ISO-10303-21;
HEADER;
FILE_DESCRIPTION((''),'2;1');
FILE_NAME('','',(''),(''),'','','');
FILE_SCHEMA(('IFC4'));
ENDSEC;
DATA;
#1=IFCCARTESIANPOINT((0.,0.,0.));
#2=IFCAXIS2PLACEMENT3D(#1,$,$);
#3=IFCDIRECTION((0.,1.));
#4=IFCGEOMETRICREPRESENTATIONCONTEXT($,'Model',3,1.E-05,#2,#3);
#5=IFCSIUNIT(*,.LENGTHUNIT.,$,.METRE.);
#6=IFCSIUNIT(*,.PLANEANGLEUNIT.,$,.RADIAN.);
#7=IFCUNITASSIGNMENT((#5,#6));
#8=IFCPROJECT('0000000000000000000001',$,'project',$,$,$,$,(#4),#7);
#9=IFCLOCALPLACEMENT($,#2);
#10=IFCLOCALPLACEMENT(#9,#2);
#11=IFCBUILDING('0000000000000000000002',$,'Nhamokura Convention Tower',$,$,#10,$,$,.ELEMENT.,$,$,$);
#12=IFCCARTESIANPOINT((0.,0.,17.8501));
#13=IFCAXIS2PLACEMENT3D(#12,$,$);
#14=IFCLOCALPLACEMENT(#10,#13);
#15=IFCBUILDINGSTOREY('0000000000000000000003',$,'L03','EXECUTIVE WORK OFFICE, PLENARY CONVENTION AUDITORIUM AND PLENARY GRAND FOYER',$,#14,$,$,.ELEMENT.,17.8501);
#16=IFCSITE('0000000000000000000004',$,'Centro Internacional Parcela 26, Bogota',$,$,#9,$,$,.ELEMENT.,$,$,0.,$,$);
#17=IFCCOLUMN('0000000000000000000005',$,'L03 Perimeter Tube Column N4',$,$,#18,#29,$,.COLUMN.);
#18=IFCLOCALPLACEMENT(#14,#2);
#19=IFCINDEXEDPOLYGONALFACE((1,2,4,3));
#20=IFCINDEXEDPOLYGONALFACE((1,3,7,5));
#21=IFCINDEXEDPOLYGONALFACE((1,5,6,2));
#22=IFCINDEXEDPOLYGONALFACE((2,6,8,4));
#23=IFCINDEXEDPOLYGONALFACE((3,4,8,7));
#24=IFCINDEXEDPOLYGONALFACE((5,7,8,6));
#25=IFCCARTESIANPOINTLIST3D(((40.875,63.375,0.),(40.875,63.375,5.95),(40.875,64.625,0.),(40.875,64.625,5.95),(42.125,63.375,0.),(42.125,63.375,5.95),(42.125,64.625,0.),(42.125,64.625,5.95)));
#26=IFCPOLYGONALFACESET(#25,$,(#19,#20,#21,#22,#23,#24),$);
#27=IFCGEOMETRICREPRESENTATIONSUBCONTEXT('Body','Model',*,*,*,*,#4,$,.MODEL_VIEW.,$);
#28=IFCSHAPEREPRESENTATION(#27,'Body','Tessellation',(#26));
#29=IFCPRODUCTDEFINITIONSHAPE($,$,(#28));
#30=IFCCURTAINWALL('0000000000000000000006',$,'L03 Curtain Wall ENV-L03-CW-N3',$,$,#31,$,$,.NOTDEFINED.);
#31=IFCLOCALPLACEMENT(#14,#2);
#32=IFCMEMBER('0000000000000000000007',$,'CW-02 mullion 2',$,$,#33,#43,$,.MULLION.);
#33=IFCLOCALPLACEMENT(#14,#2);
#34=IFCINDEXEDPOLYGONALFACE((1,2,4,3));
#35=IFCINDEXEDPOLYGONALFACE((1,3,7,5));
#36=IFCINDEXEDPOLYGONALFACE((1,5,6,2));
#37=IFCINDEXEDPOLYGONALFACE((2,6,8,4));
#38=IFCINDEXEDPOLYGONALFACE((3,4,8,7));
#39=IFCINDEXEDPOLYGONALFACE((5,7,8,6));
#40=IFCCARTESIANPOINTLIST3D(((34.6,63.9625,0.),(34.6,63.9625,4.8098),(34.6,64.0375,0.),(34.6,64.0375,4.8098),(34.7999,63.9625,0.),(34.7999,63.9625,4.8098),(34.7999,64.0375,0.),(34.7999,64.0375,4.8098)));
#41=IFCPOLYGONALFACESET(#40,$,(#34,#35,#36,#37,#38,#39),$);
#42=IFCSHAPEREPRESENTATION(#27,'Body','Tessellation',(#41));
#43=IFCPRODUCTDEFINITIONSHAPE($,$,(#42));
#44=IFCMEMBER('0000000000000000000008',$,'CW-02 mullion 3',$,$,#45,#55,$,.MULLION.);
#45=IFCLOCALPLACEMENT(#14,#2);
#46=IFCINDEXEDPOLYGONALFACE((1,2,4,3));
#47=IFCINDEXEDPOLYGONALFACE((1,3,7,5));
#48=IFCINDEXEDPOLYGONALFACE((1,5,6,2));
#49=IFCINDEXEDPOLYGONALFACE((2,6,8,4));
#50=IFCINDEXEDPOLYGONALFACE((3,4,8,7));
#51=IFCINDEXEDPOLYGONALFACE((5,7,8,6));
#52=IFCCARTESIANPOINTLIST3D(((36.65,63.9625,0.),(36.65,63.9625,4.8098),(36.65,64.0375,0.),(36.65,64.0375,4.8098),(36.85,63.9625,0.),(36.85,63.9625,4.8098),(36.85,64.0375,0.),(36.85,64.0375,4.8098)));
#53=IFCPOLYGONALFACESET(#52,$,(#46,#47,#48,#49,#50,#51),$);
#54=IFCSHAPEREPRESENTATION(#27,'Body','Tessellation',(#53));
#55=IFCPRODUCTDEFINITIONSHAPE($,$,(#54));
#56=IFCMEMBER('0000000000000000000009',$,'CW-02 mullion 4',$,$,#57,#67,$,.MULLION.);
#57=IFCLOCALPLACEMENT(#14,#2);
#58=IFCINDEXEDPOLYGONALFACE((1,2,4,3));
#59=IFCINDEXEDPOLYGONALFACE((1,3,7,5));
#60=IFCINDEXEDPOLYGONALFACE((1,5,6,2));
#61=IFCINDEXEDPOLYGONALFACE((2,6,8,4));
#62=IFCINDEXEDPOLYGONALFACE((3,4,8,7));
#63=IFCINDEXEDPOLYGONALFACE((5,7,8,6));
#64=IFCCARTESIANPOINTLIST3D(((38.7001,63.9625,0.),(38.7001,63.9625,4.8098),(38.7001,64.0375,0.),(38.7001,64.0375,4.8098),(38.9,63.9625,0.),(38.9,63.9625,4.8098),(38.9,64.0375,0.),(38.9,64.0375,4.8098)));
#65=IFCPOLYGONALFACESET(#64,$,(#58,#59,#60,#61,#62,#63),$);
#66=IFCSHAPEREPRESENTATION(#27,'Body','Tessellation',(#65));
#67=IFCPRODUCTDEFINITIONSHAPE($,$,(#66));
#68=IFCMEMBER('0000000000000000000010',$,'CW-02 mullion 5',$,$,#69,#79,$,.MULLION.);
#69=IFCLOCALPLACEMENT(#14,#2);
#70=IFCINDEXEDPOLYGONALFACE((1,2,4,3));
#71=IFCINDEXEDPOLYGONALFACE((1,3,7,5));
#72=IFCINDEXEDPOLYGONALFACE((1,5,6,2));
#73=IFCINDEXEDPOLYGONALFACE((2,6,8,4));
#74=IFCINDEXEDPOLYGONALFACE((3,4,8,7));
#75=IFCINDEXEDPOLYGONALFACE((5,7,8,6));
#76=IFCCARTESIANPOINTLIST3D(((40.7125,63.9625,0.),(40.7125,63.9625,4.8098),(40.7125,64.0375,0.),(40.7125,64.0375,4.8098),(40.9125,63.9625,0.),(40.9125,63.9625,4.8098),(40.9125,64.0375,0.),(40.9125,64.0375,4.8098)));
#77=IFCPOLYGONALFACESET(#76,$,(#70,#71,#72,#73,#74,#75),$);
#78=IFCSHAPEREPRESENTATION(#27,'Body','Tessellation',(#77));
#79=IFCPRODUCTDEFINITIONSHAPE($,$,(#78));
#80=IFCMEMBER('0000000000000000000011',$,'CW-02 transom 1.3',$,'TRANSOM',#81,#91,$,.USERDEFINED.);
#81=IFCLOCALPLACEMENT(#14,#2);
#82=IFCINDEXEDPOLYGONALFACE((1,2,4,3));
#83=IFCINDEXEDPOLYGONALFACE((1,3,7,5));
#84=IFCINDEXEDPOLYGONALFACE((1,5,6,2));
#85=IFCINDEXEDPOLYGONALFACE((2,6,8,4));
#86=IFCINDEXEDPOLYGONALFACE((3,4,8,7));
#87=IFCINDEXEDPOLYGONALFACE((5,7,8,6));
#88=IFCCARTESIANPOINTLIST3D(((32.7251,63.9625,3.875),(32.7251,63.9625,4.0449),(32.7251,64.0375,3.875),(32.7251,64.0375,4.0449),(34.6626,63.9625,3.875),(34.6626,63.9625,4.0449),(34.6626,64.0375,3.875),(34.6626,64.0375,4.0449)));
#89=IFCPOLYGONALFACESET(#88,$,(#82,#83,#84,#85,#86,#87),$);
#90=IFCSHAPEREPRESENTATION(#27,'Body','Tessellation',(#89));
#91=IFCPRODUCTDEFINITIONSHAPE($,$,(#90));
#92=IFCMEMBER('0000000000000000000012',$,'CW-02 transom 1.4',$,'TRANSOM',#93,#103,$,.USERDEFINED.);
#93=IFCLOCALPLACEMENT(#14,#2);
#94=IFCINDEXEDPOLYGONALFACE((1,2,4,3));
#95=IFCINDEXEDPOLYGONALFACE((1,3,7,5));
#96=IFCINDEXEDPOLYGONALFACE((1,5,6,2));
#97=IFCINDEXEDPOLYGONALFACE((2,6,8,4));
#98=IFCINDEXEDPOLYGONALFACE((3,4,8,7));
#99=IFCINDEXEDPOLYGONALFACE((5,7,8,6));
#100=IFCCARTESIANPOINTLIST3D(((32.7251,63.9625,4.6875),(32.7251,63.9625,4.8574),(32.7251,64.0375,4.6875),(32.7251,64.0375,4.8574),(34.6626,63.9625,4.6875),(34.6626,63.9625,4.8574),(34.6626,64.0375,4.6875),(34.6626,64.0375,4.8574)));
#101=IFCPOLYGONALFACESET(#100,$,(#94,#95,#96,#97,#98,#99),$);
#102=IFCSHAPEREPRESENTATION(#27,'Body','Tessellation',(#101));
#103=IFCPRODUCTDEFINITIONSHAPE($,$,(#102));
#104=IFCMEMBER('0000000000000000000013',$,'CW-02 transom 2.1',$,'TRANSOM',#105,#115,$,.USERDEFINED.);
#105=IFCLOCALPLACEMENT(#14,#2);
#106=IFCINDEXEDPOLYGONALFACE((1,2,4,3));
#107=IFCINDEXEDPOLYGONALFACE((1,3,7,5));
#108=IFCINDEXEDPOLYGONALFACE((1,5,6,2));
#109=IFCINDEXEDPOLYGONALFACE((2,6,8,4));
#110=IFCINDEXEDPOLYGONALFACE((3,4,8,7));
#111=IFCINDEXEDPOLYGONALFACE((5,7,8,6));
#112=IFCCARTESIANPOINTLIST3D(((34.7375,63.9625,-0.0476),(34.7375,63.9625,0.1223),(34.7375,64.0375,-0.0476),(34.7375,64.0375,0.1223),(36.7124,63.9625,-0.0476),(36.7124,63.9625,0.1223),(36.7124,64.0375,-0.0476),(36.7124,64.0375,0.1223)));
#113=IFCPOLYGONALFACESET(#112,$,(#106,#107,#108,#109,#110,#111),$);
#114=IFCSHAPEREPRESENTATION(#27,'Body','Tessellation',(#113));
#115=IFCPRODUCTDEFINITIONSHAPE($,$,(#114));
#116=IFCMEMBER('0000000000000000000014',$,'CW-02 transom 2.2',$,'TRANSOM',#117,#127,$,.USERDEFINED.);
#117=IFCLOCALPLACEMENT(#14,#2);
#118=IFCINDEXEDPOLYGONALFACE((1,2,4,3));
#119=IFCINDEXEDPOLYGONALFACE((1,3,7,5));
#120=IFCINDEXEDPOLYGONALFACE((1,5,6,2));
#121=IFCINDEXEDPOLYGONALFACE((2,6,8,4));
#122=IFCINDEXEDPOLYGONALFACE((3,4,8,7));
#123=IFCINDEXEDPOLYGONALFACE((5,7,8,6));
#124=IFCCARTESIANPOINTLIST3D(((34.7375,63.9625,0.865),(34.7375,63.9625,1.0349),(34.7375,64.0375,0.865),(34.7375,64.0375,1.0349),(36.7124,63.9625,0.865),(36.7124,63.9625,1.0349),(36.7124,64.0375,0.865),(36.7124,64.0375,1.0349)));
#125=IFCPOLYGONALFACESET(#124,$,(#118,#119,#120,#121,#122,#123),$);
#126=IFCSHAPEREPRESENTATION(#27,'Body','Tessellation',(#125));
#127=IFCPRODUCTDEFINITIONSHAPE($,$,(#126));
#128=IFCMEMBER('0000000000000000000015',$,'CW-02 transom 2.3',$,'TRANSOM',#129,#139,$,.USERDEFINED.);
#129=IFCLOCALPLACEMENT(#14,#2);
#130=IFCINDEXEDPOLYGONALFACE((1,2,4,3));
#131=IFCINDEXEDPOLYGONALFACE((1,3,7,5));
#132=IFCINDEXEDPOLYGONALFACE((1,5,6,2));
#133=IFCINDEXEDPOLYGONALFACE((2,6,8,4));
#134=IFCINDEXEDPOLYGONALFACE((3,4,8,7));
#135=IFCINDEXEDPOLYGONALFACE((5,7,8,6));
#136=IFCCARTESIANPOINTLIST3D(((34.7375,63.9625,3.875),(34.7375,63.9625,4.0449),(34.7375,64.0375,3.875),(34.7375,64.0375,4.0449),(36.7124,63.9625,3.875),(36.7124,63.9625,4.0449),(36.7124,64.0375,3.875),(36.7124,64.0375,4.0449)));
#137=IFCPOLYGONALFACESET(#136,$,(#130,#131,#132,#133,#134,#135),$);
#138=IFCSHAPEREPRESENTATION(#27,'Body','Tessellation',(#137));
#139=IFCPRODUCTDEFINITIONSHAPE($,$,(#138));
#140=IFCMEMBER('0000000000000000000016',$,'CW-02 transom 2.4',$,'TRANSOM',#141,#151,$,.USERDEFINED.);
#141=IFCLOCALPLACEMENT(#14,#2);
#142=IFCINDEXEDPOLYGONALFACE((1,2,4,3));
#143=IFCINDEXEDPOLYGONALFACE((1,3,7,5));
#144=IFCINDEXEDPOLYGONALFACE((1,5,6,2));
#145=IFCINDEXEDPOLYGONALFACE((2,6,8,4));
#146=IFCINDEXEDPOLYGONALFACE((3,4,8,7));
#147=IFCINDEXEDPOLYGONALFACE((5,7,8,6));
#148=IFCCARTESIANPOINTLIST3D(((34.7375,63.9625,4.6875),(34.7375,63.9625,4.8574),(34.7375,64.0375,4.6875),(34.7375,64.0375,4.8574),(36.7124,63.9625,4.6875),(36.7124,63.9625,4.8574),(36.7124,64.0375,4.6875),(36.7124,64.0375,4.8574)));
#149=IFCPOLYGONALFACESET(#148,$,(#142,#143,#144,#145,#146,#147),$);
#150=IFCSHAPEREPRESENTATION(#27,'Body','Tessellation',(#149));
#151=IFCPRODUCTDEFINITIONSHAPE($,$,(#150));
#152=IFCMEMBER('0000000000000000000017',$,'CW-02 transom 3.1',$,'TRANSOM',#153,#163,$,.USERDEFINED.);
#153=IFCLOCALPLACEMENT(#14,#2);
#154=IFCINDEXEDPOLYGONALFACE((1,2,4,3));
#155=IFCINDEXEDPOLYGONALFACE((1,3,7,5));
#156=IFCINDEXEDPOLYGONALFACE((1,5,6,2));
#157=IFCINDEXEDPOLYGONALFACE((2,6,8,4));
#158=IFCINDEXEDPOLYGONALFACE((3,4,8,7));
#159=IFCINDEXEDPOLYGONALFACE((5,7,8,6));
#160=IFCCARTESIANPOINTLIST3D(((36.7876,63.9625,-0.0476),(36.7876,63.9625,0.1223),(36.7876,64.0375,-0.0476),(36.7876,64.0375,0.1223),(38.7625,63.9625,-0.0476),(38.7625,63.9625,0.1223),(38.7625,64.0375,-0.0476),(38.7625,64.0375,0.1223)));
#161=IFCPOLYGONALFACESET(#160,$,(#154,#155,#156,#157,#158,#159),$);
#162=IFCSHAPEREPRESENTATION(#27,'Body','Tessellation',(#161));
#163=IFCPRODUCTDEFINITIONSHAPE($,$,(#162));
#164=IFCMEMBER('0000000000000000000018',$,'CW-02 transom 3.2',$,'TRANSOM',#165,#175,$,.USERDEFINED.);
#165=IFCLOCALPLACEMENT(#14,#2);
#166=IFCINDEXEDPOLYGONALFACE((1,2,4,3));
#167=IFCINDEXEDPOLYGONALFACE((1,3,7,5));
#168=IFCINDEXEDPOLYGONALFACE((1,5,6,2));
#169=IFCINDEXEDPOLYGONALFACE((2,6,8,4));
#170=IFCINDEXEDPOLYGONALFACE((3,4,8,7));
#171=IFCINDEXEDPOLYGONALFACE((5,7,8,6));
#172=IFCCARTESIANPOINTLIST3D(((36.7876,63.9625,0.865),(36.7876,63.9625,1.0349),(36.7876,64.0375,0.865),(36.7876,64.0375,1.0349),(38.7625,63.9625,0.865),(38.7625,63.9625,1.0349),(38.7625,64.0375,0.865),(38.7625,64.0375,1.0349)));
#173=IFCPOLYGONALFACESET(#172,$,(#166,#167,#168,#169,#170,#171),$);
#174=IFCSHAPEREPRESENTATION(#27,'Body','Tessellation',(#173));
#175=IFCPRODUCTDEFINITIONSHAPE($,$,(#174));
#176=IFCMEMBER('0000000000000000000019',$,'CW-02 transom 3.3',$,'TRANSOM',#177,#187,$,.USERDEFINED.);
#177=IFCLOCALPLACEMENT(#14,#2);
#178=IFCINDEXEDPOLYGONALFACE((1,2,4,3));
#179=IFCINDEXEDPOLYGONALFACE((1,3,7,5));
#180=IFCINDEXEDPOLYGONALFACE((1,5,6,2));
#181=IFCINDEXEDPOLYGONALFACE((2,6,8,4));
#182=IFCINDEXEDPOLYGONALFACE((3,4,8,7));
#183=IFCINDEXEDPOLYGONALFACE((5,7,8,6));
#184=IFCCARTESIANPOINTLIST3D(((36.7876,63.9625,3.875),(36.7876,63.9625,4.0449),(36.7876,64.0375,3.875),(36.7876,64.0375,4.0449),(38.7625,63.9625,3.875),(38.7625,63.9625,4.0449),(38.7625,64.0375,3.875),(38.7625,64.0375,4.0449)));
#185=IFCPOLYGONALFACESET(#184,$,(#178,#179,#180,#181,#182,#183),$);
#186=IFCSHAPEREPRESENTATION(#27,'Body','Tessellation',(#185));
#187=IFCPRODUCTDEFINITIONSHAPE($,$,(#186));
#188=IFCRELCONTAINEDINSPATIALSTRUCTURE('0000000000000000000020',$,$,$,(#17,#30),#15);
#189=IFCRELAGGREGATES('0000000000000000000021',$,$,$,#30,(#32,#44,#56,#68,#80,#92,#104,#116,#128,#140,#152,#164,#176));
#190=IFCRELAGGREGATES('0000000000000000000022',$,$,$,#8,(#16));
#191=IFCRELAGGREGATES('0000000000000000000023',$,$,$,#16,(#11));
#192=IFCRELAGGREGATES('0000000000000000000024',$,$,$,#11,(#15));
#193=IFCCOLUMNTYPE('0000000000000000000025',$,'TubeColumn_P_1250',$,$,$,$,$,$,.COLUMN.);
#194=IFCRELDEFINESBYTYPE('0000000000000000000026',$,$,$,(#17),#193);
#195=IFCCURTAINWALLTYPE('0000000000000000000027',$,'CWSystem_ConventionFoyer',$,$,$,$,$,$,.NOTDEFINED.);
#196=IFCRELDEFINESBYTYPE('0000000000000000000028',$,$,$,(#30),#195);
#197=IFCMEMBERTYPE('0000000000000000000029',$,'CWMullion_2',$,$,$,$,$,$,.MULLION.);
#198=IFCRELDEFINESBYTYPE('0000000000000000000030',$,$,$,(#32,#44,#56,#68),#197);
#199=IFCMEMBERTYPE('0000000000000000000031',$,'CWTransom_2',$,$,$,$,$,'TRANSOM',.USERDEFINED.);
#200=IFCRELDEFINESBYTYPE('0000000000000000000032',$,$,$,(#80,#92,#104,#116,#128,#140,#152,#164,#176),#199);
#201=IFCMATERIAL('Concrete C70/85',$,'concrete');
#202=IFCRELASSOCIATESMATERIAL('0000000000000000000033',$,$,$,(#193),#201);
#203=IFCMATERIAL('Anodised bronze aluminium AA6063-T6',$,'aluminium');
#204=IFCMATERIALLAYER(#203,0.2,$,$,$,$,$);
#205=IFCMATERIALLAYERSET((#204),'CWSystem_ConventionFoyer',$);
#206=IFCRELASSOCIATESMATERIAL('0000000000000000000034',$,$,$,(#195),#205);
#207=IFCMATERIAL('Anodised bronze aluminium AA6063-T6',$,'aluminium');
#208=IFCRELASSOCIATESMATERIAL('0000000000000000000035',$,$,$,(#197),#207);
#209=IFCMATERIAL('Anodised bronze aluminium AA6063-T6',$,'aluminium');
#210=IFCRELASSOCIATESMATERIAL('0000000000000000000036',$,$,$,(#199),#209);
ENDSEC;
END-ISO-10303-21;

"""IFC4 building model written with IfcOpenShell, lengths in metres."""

from ifc_helpers import new_model, si_unit, direction, frame, origin, origin_2d, place, context, subcontext, project, spatial, rectangle, extrude, material, layer, layer_set, material_profile, profile_set, type_object, element, aggregate, save


model = new_model("IFC4")

# Units and contexts
model_context = context("Model", 3, precision=1e-05, world=origin(), true_north=direction((0.0, 1.0)))
body_context = subcontext(model_context, "Body", "Model", "MODEL_VIEW")
ifc_project = project(units=[si_unit("LENGTHUNIT", "METRE"), si_unit("PLANEANGLEUNIT", "RADIAN")], contexts=[model_context])

# Site, building, storey
site_placement = place(None, origin())
site = spatial("IfcSite", under=ifc_project, at=site_placement, Name="Centro Internacional Parcela 26, Bogota", CompositionType="ELEMENT", RefElevation=0.0)
building_placement = place(site_placement, origin())
building = spatial("IfcBuilding", under=site, at=building_placement, Name="Nhamokura Convention Tower", CompositionType="ELEMENT")
storey_placement = place(building_placement, frame((0.0, 0.0, 17.8501)))
storey = spatial("IfcBuildingStorey", under=building, at=storey_placement, Name="L03", Description="EXECUTIVE WORK OFFICE, PLENARY CONVENTION AUDITORIUM AND PLENARY GRAND FOYER", CompositionType="ELEMENT", Elevation=17.8501)

# Column
ifc_material_1 = material(Name="Concrete C70/85", Category="concrete")
ifc_material_profile_1 = material_profile(ifc_material_1, rectangle(XDim=1.25, YDim=1.25, at=origin_2d()))
ifc_profile_set_1 = profile_set([ifc_material_profile_1], Name="Concrete C70/85")
column_type = type_object("IfcColumnType", Name="TubeColumn_P_1250", PredefinedType="COLUMN", material=ifc_profile_set_1)
column_placement = place(storey_placement, frame((41.5, 64.0, 0.0), z_axis=(0.0, 0.0, 1.0), x_axis=(1.0, 0.0, 0.0)))
element("IfcColumn", 1, at=column_placement, inside=storey, type_object=column_type, Name="L03 Perimeter Tube Column N4", PredefinedType="COLUMN", context=body_context, shape_type="SweptSolid", body=[
    extrude(rectangle(XDim=1.25, YDim=1.25, at=origin_2d()), origin(), (0.0, 0.0, 1.0), 5.95),
])

# Curtain wall, members
ifc_material_2 = material(Name="Anodised bronze aluminium AA6063-T6", Category="aluminium")
ifc_layer_1 = layer(ifc_material_2, 0.2)
ifc_layer_set_1 = layer_set([ifc_layer_1], Name="CWSystem_ConventionFoyer")
curtain_wall_type = type_object("IfcCurtainWallType", Name="CWSystem_ConventionFoyer", PredefinedType="NOTDEFINED", material=ifc_layer_set_1)
curtain_wall_placement = place(storey_placement, origin())
curtain_wall = element("IfcCurtainWall", 2, at=curtain_wall_placement, inside=storey, type_object=curtain_wall_type, Name="L03 Curtain Wall ENV-L03-CW-N3", PredefinedType="NOTDEFINED")
ifc_material_3 = material(Name="Anodised bronze aluminium AA6063-T6", Category="aluminium")
ifc_material_profile_2 = material_profile(ifc_material_3, rectangle(XDim=0.075, YDim=0.2, at=origin_2d()))
ifc_profile_set_2 = profile_set([ifc_material_profile_2], Name="Anodised bronze aluminium AA6063-T6")
member_type_1 = type_object("IfcMemberType", Name="CWMullion_2", PredefinedType="MULLION", material=ifc_profile_set_2)
member_1_placement = place(storey_placement, frame((34.7, 64.0, 0.0), z_axis=(0.0, 0.0, 1.0), x_axis=(0.0, 1.0, 0.0)))
member_1 = element("IfcMember", 3, at=member_1_placement, type_object=member_type_1, Name="CW-02 mullion 2", PredefinedType="MULLION", context=body_context, shape_type="SweptSolid", body=[
    extrude(rectangle(XDim=0.075, YDim=0.2, at=origin_2d()), origin(), (0.0, 0.0, 1.0), 4.8098),
])
member_2_placement = place(storey_placement, frame((36.75, 64.0, 0.0), z_axis=(0.0, 0.0, 1.0), x_axis=(0.0, 1.0, 0.0)))
member_2 = element("IfcMember", 4, at=member_2_placement, type_object=member_type_1, Name="CW-02 mullion 3", PredefinedType="MULLION", context=body_context, shape_type="SweptSolid", body=[
    extrude(rectangle(XDim=0.075, YDim=0.2, at=origin_2d()), origin(), (0.0, 0.0, 1.0), 4.8098),
])
member_3_placement = place(storey_placement, frame((38.8, 64.0, 0.0), z_axis=(0.0, 0.0, 1.0), x_axis=(0.0, 1.0, 0.0)))
member_3 = element("IfcMember", 5, at=member_3_placement, type_object=member_type_1, Name="CW-02 mullion 4", PredefinedType="MULLION", context=body_context, shape_type="SweptSolid", body=[
    extrude(rectangle(XDim=0.075, YDim=0.2, at=origin_2d()), origin(), (0.0, 0.0, 1.0), 4.8098),
])
member_4_placement = place(storey_placement, frame((40.8125, 64.0, 0.0), z_axis=(0.0, 0.0, 1.0), x_axis=(0.0, 1.0, 0.0)))
member_4 = element("IfcMember", 6, at=member_4_placement, type_object=member_type_1, Name="CW-02 mullion 5", PredefinedType="MULLION", context=body_context, shape_type="SweptSolid", body=[
    extrude(rectangle(XDim=0.075, YDim=0.2, at=origin_2d()), origin(), (0.0, 0.0, 1.0), 4.8098),
])
ifc_material_4 = material(Name="Anodised bronze aluminium AA6063-T6", Category="aluminium")
ifc_material_profile_3 = material_profile(ifc_material_4, rectangle(XDim=0.075, YDim=0.1699, at=origin_2d()))
ifc_profile_set_3 = profile_set([ifc_material_profile_3], Name="Anodised bronze aluminium AA6063-T6")
member_type_2 = type_object("IfcMemberType", Name="CWTransom_2", ElementType="TRANSOM", PredefinedType="USERDEFINED", material=ifc_profile_set_3)
member_5_placement = place(storey_placement, frame((32.7251, 64.0, 3.96), z_axis=(1.0, 0.0, 0.0), x_axis=(0.0, 1.0, 0.0)))
member_5 = element("IfcMember", 7, at=member_5_placement, type_object=member_type_2, Name="CW-02 transom 1.3", ObjectType="TRANSOM", PredefinedType="USERDEFINED", context=body_context, shape_type="SweptSolid", body=[
    extrude(rectangle(XDim=0.075, YDim=0.1699, at=origin_2d()), origin(), (0.0, 0.0, 1.0), 1.9375),
])
member_6_placement = place(storey_placement, frame((32.7251, 64.0, 4.7725), z_axis=(1.0, 0.0, 0.0), x_axis=(0.0, 1.0, 0.0)))
member_6 = element("IfcMember", 8, at=member_6_placement, type_object=member_type_2, Name="CW-02 transom 1.4", ObjectType="TRANSOM", PredefinedType="USERDEFINED", context=body_context, shape_type="SweptSolid", body=[
    extrude(rectangle(XDim=0.075, YDim=0.1699, at=origin_2d()), origin(), (0.0, 0.0, 1.0), 1.9375),
])
member_7_placement = place(storey_placement, frame((34.7375, 64.0, 0.0374), z_axis=(1.0, 0.0, 0.0), x_axis=(0.0, 1.0, 0.0)))
member_7 = element("IfcMember", 9, at=member_7_placement, type_object=member_type_2, Name="CW-02 transom 2.1", ObjectType="TRANSOM", PredefinedType="USERDEFINED", context=body_context, shape_type="SweptSolid", body=[
    extrude(rectangle(XDim=0.075, YDim=0.1699, at=origin_2d()), origin(), (0.0, 0.0, 1.0), 1.9749),
])
member_8_placement = place(storey_placement, frame((34.7375, 64.0, 0.95), z_axis=(1.0, 0.0, 0.0), x_axis=(0.0, 1.0, 0.0)))
member_8 = element("IfcMember", 10, at=member_8_placement, type_object=member_type_2, Name="CW-02 transom 2.2", ObjectType="TRANSOM", PredefinedType="USERDEFINED", context=body_context, shape_type="SweptSolid", body=[
    extrude(rectangle(XDim=0.075, YDim=0.1699, at=origin_2d()), origin(), (0.0, 0.0, 1.0), 1.9749),
])
member_9_placement = place(storey_placement, frame((34.7375, 64.0, 3.96), z_axis=(1.0, 0.0, 0.0), x_axis=(0.0, 1.0, 0.0)))
member_9 = element("IfcMember", 11, at=member_9_placement, type_object=member_type_2, Name="CW-02 transom 2.3", ObjectType="TRANSOM", PredefinedType="USERDEFINED", context=body_context, shape_type="SweptSolid", body=[
    extrude(rectangle(XDim=0.075, YDim=0.1699, at=origin_2d()), origin(), (0.0, 0.0, 1.0), 1.9749),
])
member_10_placement = place(storey_placement, frame((34.7375, 64.0, 4.7725), z_axis=(1.0, 0.0, 0.0), x_axis=(0.0, 1.0, 0.0)))
member_10 = element("IfcMember", 12, at=member_10_placement, type_object=member_type_2, Name="CW-02 transom 2.4", ObjectType="TRANSOM", PredefinedType="USERDEFINED", context=body_context, shape_type="SweptSolid", body=[
    extrude(rectangle(XDim=0.075, YDim=0.1699, at=origin_2d()), origin(), (0.0, 0.0, 1.0), 1.9749),
])
member_11_placement = place(storey_placement, frame((36.7876, 64.0, 0.0374), z_axis=(1.0, 0.0, 0.0), x_axis=(0.0, 1.0, 0.0)))
member_11 = element("IfcMember", 13, at=member_11_placement, type_object=member_type_2, Name="CW-02 transom 3.1", ObjectType="TRANSOM", PredefinedType="USERDEFINED", context=body_context, shape_type="SweptSolid", body=[
    extrude(rectangle(XDim=0.075, YDim=0.1699, at=origin_2d()), origin(), (0.0, 0.0, 1.0), 1.9749),
])
member_12_placement = place(storey_placement, frame((36.7876, 64.0, 0.95), z_axis=(1.0, 0.0, 0.0), x_axis=(0.0, 1.0, 0.0)))
member_12 = element("IfcMember", 14, at=member_12_placement, type_object=member_type_2, Name="CW-02 transom 3.2", ObjectType="TRANSOM", PredefinedType="USERDEFINED", context=body_context, shape_type="SweptSolid", body=[
    extrude(rectangle(XDim=0.075, YDim=0.1699, at=origin_2d()), origin(), (0.0, 0.0, 1.0), 1.9749),
])
member_13_placement = place(storey_placement, frame((36.7876, 64.0, 3.96), z_axis=(1.0, 0.0, 0.0), x_axis=(0.0, 1.0, 0.0)))
member_13 = element("IfcMember", 15, at=member_13_placement, type_object=member_type_2, Name="CW-02 transom 3.3", ObjectType="TRANSOM", PredefinedType="USERDEFINED", context=body_context, shape_type="SweptSolid", body=[
    extrude(rectangle(XDim=0.075, YDim=0.1699, at=origin_2d()), origin(), (0.0, 0.0, 1.0), 1.9749),
])

aggregate(curtain_wall, [member_1, member_2, member_3, member_4, member_5, member_6, member_7, member_8, member_9, member_10, member_11, member_12, member_13])

save(model, "model.ifc")
